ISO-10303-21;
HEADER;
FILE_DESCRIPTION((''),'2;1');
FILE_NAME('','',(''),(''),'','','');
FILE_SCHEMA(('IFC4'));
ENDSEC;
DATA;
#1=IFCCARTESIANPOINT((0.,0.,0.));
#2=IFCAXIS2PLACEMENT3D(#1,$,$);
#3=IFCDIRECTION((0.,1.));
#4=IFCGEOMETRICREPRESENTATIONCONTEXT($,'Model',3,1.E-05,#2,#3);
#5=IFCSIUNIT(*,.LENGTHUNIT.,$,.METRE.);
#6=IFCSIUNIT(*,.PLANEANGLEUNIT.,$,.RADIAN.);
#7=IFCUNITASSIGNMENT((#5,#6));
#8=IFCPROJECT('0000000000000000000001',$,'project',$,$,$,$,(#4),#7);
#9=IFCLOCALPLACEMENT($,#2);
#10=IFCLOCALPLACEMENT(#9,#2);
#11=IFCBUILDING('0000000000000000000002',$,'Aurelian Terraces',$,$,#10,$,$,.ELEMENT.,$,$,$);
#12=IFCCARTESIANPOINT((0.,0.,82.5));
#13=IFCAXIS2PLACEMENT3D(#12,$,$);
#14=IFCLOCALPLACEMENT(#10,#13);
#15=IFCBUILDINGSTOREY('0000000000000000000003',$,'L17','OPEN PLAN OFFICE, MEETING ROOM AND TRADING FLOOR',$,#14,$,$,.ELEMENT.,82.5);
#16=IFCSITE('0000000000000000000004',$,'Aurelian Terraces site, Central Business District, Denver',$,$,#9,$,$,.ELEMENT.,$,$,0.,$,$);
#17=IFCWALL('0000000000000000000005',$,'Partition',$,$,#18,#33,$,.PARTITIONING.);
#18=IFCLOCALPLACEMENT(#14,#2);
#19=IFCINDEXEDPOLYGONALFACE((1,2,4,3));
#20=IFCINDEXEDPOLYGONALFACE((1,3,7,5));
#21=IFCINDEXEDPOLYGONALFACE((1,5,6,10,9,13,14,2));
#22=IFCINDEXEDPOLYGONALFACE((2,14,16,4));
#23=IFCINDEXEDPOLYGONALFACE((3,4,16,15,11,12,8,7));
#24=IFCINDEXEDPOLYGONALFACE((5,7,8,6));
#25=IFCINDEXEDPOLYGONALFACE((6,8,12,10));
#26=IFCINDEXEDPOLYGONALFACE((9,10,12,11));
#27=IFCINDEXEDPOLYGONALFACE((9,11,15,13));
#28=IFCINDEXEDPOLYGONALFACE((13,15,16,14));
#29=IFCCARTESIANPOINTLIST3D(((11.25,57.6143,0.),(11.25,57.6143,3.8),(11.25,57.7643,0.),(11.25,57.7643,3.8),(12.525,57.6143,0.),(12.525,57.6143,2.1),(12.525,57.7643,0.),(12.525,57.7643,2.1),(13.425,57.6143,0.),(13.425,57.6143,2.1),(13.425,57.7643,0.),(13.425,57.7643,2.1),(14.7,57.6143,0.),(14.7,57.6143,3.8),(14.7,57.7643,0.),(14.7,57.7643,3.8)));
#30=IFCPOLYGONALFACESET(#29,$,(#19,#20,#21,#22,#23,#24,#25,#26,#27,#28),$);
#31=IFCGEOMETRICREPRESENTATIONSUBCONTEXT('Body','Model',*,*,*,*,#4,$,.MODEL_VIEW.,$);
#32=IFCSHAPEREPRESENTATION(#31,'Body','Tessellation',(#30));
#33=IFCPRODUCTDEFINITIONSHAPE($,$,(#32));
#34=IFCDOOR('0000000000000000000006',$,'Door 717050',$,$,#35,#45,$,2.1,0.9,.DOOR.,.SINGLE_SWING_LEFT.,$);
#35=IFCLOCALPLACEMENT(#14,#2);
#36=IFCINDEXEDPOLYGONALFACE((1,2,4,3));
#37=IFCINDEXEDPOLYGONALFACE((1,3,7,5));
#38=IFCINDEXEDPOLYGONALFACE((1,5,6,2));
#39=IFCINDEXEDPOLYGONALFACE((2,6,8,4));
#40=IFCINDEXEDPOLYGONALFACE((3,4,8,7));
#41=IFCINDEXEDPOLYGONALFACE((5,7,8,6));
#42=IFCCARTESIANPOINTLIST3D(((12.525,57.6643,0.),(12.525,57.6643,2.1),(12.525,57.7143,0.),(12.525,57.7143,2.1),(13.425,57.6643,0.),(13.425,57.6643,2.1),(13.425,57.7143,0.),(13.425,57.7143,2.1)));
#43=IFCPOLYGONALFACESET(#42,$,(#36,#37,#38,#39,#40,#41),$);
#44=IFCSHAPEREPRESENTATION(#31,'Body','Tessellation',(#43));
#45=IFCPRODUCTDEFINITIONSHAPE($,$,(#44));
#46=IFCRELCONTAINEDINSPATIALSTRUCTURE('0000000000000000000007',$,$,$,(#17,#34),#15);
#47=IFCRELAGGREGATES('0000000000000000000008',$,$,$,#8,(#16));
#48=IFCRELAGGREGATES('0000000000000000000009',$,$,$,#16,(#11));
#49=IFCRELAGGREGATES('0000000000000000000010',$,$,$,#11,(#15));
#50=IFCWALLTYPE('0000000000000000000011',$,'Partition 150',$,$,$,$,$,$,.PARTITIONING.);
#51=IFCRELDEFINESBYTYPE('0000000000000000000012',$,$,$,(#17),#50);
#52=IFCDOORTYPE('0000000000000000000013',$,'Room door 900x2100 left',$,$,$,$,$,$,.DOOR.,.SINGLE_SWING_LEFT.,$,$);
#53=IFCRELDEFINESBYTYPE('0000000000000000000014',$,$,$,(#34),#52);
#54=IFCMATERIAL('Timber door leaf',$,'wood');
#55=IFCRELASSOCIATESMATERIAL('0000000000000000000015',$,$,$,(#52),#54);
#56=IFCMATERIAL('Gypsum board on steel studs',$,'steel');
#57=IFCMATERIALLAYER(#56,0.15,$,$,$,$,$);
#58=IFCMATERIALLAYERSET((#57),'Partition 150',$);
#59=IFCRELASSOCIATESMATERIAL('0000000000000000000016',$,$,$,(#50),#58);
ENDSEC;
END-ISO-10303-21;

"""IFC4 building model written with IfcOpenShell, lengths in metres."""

from ifc_helpers import new_model, si_unit, direction, frame, frame_2d, origin, place, context, subcontext, project, spatial, rectangle, extrude, source, transform, mapped, material, layer, layer_set, type_object, element, fill, save


model = new_model("IFC4")

# Units and contexts
model_context = context("Model", 3, precision=1e-05, world=origin(), true_north=direction((0.0, 1.0)))
body_context = subcontext(model_context, "Body", "Model", "MODEL_VIEW")
ifc_project = project(units=[si_unit("LENGTHUNIT", "METRE"), si_unit("PLANEANGLEUNIT", "RADIAN")], contexts=[model_context])

# Site, building, storey
site_placement = place(None, origin())
site = spatial("IfcSite", under=ifc_project, at=site_placement, Name="Aurelian Terraces site, Central Business District, Denver", CompositionType="ELEMENT", RefElevation=0.0)
building_placement = place(site_placement, origin())
building = spatial("IfcBuilding", under=site, at=building_placement, Name="Aurelian Terraces", CompositionType="ELEMENT")
storey_placement = place(building_placement, frame((0.0, 0.0, 82.5)))
storey = spatial("IfcBuildingStorey", under=building, at=storey_placement, Name="L17", Description="OPEN PLAN OFFICE, MEETING ROOM AND TRADING FLOOR", CompositionType="ELEMENT", Elevation=82.5)

# Shared definitions
ifc_material_1 = material(Name="Gypsum board on steel studs", Category="steel")
shared_shape_1 = source(origin(), body_context, "Body", "SweptSolid", [
    extrude(rectangle(XDim=0.9, YDim=2.1, at=frame_2d((0.45, 1.05))), frame((0.0, 0.085, 0.0), z_axis=(0.0, -1.0, 0.0), x_axis=(1.0, 0.0, 0.0)), (0.0, 0.0, 1.0), 0.17),
])
ifc_material_2 = material(Name="Timber door leaf", Category="wood")
shared_shape_2 = source(origin(), body_context, "Body", "SweptSolid", [
    extrude(rectangle(XDim=0.9, YDim=2.1, at=frame_2d((0.45, 1.05))), frame((0.0, 0.025, 0.0), z_axis=(0.0, -1.0, 0.0), x_axis=(1.0, 0.0, 0.0)), (0.0, 0.0, 1.0), 0.05),
])
door_type_1 = type_object("IfcDoorType", Name="Room door 900x2100 left", OperationType="SINGLE_SWING_LEFT", PredefinedType="DOOR", material=ifc_material_2)

# Shared definitions
ifc_layer_1 = layer(ifc_material_1, 0.15)
ifc_layer_set_1 = layer_set([ifc_layer_1], Name="Partition 150")
wall_type_1 = type_object("IfcWallType", Name="Partition 150", PredefinedType="PARTITIONING", material=ifc_layer_set_1)
shared_shape_3 = source(origin(), body_context, "Body", "SweptSolid", [
    extrude(rectangle(XDim=3.45, YDim=0.15, at=frame_2d((1.725, 0.0))), origin(), (0.0, 0.0, 1.0), 3.8),
])

# Wall, opening, door
wall_1_placement = place(storey_placement, frame((14.7, 57.6893, 0.0), z_axis=(0.0, 0.0, 1.0), x_axis=(-1.0, 0.0, 0.0)))
wall_1 = element("IfcWall", 1, at=wall_1_placement, inside=storey, type_object=wall_type_1, Name="Partition", PredefinedType="PARTITIONING", context=body_context, shape_type="MappedRepresentation", body=[
    mapped(shared_shape_3, transform((0.0, 0.0, 0.0), scale=1.0)),
])
opening_1_placement = place(wall_1_placement, frame((1.275, 0.0, 0.0)))
opening_1 = element("IfcOpeningElement", 2, at=opening_1_placement, cuts=wall_1, PredefinedType="OPENING", context=body_context, shape_type="MappedRepresentation", body=[
    mapped(shared_shape_1, transform((0.0, 0.0, 0.0), scale=1.0)),
])
door_1_placement = place(opening_1_placement, origin())
door_1 = element("IfcDoor", 3, at=door_1_placement, inside=storey, type_object=door_type_1, Name="Door 717050", OperationType="SINGLE_SWING_LEFT", OverallHeight=2.1, OverallWidth=0.9, PredefinedType="DOOR", context=body_context, shape_type="MappedRepresentation", body=[
    mapped(shared_shape_2, transform((0.0, 0.0, 0.0), scale=1.0)),
])
fill(opening_1, door_1)

save(model, "model.ifc")
